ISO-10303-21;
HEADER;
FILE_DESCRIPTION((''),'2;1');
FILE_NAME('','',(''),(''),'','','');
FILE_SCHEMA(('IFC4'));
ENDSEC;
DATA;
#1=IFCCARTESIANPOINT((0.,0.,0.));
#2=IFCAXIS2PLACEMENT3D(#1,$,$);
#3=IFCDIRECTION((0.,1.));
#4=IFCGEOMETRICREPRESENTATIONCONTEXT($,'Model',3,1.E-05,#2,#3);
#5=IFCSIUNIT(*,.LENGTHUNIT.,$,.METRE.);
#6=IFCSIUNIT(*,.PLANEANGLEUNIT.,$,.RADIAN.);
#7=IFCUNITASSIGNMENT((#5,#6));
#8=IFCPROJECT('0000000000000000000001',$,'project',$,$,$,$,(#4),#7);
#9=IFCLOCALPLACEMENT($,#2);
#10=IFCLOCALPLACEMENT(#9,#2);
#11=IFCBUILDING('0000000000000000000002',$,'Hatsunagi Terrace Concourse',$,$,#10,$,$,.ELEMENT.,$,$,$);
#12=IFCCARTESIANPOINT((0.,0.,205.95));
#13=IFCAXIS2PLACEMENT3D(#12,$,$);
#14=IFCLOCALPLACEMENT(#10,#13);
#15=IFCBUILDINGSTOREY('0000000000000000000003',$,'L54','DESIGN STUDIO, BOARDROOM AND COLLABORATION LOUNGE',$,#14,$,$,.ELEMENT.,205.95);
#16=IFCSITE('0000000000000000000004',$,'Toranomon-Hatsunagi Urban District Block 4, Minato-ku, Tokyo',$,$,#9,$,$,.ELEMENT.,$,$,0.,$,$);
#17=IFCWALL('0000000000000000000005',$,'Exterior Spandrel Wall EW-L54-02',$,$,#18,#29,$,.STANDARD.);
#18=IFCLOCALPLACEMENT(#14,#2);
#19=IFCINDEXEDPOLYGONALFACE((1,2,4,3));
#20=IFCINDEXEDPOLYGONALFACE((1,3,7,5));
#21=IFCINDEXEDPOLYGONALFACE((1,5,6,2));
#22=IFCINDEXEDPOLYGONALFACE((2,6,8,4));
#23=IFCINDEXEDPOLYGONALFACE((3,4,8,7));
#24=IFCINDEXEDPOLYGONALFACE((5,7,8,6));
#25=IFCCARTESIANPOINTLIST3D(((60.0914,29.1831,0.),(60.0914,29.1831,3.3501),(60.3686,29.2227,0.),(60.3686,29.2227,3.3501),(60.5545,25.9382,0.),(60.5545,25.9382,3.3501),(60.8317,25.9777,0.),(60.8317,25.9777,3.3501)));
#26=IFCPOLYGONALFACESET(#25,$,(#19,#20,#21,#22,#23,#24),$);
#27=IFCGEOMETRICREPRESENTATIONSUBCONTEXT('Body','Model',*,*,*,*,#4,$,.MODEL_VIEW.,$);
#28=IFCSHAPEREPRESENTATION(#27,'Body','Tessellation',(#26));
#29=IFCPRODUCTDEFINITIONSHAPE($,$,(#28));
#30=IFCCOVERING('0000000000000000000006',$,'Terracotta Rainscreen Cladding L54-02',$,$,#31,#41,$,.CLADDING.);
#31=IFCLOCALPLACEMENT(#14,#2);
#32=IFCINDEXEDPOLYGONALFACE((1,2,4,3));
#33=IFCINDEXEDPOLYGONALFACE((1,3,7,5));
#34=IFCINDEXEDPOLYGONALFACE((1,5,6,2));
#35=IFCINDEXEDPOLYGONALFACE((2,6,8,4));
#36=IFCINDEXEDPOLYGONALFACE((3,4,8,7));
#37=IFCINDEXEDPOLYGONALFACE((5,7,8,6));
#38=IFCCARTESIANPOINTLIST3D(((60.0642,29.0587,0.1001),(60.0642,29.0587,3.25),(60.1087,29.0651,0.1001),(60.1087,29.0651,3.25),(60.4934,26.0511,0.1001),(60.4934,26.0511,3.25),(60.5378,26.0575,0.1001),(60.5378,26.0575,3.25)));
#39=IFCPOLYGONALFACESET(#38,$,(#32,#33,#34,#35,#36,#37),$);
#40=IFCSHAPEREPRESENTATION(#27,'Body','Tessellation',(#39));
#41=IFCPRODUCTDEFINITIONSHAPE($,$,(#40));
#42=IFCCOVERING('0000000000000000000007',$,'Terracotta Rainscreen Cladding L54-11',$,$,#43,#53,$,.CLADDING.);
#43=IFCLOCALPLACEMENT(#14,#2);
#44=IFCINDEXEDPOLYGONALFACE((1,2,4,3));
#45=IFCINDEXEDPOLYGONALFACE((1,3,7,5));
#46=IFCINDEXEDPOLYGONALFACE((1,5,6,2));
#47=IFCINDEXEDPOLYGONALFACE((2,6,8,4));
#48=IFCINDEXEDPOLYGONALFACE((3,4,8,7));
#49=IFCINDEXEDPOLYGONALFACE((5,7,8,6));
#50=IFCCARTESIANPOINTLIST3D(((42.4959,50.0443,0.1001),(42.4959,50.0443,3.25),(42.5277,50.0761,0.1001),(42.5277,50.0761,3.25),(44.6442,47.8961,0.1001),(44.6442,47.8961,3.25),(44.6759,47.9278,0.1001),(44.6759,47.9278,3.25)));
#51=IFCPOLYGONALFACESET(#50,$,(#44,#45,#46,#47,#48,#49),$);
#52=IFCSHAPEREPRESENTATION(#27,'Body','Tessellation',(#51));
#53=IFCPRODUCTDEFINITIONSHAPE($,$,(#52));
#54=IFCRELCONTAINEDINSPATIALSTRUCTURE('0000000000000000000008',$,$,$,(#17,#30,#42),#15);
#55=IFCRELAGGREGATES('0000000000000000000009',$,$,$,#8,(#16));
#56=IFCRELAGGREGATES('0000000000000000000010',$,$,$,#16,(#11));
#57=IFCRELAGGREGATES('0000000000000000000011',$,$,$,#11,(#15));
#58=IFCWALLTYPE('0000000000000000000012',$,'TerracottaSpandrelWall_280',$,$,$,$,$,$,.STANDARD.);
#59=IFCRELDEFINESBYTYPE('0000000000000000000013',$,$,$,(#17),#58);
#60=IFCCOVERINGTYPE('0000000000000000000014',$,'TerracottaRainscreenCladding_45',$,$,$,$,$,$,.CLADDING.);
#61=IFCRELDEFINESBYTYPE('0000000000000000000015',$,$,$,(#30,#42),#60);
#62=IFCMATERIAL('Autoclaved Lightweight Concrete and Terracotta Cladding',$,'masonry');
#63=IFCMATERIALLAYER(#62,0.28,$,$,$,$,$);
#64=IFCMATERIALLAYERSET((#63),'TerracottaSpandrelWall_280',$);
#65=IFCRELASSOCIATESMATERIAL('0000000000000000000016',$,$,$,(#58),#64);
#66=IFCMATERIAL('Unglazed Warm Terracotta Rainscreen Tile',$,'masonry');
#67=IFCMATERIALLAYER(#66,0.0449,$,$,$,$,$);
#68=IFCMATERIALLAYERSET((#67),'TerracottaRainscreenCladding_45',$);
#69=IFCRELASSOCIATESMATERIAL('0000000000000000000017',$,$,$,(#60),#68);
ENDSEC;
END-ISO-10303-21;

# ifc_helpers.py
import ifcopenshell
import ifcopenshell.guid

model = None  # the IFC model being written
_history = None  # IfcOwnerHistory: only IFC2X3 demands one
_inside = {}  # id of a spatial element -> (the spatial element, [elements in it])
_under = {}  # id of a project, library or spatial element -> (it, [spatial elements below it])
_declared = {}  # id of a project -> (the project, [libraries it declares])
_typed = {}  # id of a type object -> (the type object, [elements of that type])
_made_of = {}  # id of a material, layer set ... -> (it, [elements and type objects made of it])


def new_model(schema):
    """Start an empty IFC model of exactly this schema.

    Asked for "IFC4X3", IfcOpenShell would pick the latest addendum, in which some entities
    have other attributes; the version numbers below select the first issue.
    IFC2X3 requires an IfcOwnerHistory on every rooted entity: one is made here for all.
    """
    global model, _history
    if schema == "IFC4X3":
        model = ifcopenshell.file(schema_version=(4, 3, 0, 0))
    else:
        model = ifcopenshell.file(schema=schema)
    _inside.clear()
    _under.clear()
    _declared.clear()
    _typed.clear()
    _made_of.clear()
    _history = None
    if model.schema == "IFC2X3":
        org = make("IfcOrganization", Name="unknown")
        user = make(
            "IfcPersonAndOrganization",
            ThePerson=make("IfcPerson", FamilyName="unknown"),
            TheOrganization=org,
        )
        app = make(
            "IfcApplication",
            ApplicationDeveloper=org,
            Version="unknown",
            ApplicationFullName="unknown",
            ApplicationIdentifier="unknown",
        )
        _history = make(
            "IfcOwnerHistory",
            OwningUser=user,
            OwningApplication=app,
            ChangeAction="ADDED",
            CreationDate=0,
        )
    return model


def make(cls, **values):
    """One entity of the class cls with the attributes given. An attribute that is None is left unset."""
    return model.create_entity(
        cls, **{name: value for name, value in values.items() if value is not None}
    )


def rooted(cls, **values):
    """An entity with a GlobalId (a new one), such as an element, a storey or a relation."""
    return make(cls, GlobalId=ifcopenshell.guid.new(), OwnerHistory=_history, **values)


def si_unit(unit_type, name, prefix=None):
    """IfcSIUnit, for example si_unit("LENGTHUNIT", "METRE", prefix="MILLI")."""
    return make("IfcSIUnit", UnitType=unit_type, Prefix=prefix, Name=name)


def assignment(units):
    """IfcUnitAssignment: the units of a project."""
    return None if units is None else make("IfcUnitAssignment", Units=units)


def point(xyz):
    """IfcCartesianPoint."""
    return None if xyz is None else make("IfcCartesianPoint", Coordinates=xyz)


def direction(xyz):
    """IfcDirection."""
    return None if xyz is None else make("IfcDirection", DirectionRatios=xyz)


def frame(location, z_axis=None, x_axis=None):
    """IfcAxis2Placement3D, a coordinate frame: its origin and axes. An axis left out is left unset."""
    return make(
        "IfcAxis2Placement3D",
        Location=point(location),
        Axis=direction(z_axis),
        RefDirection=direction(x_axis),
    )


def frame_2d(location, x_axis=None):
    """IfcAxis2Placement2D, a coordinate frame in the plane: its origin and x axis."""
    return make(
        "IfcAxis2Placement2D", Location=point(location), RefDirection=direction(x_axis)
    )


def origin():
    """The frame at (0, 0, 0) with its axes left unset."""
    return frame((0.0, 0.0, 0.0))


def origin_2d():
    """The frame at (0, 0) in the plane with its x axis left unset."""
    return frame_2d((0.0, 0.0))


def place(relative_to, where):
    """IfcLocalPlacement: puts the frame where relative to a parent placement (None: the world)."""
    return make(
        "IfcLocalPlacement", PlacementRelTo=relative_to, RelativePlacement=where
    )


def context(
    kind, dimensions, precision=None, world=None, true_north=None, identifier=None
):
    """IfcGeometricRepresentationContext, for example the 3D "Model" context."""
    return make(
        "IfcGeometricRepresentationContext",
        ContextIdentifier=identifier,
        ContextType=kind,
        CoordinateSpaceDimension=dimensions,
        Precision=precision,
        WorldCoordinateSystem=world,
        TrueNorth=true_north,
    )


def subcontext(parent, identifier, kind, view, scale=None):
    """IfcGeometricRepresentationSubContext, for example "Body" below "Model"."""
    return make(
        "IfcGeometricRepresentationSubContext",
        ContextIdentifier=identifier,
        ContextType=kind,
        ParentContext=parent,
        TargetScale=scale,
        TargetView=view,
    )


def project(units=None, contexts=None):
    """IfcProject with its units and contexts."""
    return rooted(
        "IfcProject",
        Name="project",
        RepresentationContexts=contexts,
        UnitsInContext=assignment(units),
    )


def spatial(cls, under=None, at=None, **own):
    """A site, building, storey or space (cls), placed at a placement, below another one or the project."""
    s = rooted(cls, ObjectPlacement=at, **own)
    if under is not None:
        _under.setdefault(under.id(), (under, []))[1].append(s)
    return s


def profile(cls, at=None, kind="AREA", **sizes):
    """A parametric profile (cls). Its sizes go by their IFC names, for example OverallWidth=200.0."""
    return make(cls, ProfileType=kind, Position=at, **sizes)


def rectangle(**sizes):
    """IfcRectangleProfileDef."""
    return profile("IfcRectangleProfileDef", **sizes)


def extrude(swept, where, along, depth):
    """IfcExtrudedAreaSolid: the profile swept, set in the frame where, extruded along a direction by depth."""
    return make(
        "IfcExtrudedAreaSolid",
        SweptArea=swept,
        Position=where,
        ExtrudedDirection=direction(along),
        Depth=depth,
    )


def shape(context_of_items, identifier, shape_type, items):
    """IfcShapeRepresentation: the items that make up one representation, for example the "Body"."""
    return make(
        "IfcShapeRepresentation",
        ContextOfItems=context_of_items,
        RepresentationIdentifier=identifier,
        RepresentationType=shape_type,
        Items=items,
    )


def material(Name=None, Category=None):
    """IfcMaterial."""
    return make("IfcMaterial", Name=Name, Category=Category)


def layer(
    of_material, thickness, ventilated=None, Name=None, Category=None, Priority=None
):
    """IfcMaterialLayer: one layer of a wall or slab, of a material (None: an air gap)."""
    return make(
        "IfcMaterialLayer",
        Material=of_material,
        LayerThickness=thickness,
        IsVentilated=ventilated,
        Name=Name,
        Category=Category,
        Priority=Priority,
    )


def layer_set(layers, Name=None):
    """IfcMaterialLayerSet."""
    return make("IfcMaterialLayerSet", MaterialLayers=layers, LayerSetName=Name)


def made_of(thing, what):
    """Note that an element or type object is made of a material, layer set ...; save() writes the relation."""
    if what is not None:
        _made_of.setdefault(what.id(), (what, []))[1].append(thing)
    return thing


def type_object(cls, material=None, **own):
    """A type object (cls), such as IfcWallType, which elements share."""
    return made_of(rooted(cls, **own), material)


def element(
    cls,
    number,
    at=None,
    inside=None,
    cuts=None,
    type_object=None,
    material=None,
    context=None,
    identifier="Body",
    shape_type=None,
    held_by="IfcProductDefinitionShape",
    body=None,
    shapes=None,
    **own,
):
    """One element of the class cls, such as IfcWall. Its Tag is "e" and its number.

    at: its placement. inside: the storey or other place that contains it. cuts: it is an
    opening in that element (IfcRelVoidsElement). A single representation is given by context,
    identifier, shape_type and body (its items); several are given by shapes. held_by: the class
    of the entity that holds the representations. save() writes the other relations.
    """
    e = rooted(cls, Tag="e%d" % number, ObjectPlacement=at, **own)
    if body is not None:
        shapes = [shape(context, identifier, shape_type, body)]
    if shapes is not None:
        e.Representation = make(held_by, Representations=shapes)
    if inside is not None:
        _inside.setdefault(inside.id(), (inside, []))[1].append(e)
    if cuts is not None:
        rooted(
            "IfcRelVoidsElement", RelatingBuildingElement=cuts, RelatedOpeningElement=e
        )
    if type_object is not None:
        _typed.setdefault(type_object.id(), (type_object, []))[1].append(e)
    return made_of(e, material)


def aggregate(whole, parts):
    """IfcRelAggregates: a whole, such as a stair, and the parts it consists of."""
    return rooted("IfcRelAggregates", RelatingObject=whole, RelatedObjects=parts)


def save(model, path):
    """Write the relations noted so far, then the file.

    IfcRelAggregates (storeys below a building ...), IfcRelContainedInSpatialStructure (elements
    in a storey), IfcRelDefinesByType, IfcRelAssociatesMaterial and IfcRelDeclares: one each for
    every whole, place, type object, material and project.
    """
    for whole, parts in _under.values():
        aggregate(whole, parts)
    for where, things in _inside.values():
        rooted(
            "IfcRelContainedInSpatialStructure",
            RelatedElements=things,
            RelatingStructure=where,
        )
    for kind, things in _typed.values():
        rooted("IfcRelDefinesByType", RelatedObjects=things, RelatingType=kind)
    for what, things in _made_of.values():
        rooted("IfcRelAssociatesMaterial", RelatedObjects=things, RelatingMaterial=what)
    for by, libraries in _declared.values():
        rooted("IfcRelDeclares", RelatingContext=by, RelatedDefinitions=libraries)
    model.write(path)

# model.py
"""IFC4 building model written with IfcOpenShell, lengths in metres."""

from ifc_helpers import new_model, si_unit, direction, frame, frame_2d, origin, origin_2d, place, context, subcontext, project, spatial, rectangle, extrude, material, layer, layer_set, type_object, element, save


model = new_model("IFC4")

# Units and contexts
model_context = context("Model", 3, precision=1e-05, world=origin(), true_north=direction((0.0, 1.0)))
body_context = subcontext(model_context, "Body", "Model", "MODEL_VIEW")
ifc_project = project(units=[si_unit("LENGTHUNIT", "METRE"), si_unit("PLANEANGLEUNIT", "RADIAN")], contexts=[model_context])

# Site, building, storey
site_placement = place(None, origin())
site = spatial("IfcSite", under=ifc_project, at=site_placement, Name="Toranomon-Hatsunagi Urban District Block 4, Minato-ku, Tokyo", CompositionType="ELEMENT", RefElevation=0.0)
building_placement = place(site_placement, origin())
building = spatial("IfcBuilding", under=site, at=building_placement, Name="Hatsunagi Terrace Concourse", CompositionType="ELEMENT")
storey_placement = place(building_placement, frame((0.0, 0.0, 205.95)))
storey = spatial("IfcBuildingStorey", under=building, at=storey_placement, Name="L54", Description="DESIGN STUDIO, BOARDROOM AND COLLABORATION LOUNGE", CompositionType="ELEMENT", Elevation=205.95)

# Shared definitions
ifc_material_1 = material(Name="Autoclaved Lightweight Concrete and Terracotta Cladding", Category="masonry")
ifc_layer_1 = layer(ifc_material_1, 0.28)
ifc_layer_set_1 = layer_set([ifc_layer_1], Name="TerracottaSpandrelWall_280")
wall_type = type_object("IfcWallType", Name="TerracottaSpandrelWall_280", PredefinedType="STANDARD", material=ifc_layer_set_1)

# Wall
wall_1_placement = place(storey_placement, frame((60.23, 29.2029, 0.0), z_axis=(0.0, 0.0, 1.0), x_axis=(0.141296, -0.989967, 0.0)))
element("IfcWall", 1, at=wall_1_placement, inside=storey, type_object=wall_type, Name="Exterior Spandrel Wall EW-L54-02", PredefinedType="STANDARD", context=body_context, shape_type="SweptSolid", body=[
    extrude(rectangle(XDim=3.2778, YDim=0.28, at=frame_2d((1.6389, 0.0))), origin(), (0.0, 0.0, 1.0), 3.3501),
])

# Coverings
ifc_material_2 = material(Name="Unglazed Warm Terracotta Rainscreen Tile", Category="masonry")
ifc_layer_2 = layer(ifc_material_2, 0.0449)
ifc_layer_set_2 = layer_set([ifc_layer_2], Name="TerracottaRainscreenCladding_45")
covering_type = type_object("IfcCoveringType", Name="TerracottaRainscreenCladding_45", PredefinedType="CLADDING", material=ifc_layer_set_2)
for number, where, z_axis, x_axis, name in (
    (2, (60.301, 27.5581, 0.1001), (0.0, 0.0, 1.0), (0.14125, -0.989974, 0.0), "Terracotta Rainscreen Cladding L54-02"),
    (3, (43.5859, 48.9861, 0.1001), (0.0, 0.0, 1.0), (0.707107, -0.707107, 0.0), "Terracotta Rainscreen Cladding L54-11"),
):
    element("IfcCovering", number, at=place(storey_placement, frame(where, z_axis=z_axis, x_axis=x_axis)), inside=storey, type_object=covering_type, Name=name, PredefinedType="CLADDING", context=body_context, shape_type="SweptSolid", body=[
        extrude(rectangle(XDim=3.0381, YDim=0.0449, at=origin_2d()), origin(), (0.0, 0.0, 1.0), 3.1499),
    ])

save(model, "model.ifc")
